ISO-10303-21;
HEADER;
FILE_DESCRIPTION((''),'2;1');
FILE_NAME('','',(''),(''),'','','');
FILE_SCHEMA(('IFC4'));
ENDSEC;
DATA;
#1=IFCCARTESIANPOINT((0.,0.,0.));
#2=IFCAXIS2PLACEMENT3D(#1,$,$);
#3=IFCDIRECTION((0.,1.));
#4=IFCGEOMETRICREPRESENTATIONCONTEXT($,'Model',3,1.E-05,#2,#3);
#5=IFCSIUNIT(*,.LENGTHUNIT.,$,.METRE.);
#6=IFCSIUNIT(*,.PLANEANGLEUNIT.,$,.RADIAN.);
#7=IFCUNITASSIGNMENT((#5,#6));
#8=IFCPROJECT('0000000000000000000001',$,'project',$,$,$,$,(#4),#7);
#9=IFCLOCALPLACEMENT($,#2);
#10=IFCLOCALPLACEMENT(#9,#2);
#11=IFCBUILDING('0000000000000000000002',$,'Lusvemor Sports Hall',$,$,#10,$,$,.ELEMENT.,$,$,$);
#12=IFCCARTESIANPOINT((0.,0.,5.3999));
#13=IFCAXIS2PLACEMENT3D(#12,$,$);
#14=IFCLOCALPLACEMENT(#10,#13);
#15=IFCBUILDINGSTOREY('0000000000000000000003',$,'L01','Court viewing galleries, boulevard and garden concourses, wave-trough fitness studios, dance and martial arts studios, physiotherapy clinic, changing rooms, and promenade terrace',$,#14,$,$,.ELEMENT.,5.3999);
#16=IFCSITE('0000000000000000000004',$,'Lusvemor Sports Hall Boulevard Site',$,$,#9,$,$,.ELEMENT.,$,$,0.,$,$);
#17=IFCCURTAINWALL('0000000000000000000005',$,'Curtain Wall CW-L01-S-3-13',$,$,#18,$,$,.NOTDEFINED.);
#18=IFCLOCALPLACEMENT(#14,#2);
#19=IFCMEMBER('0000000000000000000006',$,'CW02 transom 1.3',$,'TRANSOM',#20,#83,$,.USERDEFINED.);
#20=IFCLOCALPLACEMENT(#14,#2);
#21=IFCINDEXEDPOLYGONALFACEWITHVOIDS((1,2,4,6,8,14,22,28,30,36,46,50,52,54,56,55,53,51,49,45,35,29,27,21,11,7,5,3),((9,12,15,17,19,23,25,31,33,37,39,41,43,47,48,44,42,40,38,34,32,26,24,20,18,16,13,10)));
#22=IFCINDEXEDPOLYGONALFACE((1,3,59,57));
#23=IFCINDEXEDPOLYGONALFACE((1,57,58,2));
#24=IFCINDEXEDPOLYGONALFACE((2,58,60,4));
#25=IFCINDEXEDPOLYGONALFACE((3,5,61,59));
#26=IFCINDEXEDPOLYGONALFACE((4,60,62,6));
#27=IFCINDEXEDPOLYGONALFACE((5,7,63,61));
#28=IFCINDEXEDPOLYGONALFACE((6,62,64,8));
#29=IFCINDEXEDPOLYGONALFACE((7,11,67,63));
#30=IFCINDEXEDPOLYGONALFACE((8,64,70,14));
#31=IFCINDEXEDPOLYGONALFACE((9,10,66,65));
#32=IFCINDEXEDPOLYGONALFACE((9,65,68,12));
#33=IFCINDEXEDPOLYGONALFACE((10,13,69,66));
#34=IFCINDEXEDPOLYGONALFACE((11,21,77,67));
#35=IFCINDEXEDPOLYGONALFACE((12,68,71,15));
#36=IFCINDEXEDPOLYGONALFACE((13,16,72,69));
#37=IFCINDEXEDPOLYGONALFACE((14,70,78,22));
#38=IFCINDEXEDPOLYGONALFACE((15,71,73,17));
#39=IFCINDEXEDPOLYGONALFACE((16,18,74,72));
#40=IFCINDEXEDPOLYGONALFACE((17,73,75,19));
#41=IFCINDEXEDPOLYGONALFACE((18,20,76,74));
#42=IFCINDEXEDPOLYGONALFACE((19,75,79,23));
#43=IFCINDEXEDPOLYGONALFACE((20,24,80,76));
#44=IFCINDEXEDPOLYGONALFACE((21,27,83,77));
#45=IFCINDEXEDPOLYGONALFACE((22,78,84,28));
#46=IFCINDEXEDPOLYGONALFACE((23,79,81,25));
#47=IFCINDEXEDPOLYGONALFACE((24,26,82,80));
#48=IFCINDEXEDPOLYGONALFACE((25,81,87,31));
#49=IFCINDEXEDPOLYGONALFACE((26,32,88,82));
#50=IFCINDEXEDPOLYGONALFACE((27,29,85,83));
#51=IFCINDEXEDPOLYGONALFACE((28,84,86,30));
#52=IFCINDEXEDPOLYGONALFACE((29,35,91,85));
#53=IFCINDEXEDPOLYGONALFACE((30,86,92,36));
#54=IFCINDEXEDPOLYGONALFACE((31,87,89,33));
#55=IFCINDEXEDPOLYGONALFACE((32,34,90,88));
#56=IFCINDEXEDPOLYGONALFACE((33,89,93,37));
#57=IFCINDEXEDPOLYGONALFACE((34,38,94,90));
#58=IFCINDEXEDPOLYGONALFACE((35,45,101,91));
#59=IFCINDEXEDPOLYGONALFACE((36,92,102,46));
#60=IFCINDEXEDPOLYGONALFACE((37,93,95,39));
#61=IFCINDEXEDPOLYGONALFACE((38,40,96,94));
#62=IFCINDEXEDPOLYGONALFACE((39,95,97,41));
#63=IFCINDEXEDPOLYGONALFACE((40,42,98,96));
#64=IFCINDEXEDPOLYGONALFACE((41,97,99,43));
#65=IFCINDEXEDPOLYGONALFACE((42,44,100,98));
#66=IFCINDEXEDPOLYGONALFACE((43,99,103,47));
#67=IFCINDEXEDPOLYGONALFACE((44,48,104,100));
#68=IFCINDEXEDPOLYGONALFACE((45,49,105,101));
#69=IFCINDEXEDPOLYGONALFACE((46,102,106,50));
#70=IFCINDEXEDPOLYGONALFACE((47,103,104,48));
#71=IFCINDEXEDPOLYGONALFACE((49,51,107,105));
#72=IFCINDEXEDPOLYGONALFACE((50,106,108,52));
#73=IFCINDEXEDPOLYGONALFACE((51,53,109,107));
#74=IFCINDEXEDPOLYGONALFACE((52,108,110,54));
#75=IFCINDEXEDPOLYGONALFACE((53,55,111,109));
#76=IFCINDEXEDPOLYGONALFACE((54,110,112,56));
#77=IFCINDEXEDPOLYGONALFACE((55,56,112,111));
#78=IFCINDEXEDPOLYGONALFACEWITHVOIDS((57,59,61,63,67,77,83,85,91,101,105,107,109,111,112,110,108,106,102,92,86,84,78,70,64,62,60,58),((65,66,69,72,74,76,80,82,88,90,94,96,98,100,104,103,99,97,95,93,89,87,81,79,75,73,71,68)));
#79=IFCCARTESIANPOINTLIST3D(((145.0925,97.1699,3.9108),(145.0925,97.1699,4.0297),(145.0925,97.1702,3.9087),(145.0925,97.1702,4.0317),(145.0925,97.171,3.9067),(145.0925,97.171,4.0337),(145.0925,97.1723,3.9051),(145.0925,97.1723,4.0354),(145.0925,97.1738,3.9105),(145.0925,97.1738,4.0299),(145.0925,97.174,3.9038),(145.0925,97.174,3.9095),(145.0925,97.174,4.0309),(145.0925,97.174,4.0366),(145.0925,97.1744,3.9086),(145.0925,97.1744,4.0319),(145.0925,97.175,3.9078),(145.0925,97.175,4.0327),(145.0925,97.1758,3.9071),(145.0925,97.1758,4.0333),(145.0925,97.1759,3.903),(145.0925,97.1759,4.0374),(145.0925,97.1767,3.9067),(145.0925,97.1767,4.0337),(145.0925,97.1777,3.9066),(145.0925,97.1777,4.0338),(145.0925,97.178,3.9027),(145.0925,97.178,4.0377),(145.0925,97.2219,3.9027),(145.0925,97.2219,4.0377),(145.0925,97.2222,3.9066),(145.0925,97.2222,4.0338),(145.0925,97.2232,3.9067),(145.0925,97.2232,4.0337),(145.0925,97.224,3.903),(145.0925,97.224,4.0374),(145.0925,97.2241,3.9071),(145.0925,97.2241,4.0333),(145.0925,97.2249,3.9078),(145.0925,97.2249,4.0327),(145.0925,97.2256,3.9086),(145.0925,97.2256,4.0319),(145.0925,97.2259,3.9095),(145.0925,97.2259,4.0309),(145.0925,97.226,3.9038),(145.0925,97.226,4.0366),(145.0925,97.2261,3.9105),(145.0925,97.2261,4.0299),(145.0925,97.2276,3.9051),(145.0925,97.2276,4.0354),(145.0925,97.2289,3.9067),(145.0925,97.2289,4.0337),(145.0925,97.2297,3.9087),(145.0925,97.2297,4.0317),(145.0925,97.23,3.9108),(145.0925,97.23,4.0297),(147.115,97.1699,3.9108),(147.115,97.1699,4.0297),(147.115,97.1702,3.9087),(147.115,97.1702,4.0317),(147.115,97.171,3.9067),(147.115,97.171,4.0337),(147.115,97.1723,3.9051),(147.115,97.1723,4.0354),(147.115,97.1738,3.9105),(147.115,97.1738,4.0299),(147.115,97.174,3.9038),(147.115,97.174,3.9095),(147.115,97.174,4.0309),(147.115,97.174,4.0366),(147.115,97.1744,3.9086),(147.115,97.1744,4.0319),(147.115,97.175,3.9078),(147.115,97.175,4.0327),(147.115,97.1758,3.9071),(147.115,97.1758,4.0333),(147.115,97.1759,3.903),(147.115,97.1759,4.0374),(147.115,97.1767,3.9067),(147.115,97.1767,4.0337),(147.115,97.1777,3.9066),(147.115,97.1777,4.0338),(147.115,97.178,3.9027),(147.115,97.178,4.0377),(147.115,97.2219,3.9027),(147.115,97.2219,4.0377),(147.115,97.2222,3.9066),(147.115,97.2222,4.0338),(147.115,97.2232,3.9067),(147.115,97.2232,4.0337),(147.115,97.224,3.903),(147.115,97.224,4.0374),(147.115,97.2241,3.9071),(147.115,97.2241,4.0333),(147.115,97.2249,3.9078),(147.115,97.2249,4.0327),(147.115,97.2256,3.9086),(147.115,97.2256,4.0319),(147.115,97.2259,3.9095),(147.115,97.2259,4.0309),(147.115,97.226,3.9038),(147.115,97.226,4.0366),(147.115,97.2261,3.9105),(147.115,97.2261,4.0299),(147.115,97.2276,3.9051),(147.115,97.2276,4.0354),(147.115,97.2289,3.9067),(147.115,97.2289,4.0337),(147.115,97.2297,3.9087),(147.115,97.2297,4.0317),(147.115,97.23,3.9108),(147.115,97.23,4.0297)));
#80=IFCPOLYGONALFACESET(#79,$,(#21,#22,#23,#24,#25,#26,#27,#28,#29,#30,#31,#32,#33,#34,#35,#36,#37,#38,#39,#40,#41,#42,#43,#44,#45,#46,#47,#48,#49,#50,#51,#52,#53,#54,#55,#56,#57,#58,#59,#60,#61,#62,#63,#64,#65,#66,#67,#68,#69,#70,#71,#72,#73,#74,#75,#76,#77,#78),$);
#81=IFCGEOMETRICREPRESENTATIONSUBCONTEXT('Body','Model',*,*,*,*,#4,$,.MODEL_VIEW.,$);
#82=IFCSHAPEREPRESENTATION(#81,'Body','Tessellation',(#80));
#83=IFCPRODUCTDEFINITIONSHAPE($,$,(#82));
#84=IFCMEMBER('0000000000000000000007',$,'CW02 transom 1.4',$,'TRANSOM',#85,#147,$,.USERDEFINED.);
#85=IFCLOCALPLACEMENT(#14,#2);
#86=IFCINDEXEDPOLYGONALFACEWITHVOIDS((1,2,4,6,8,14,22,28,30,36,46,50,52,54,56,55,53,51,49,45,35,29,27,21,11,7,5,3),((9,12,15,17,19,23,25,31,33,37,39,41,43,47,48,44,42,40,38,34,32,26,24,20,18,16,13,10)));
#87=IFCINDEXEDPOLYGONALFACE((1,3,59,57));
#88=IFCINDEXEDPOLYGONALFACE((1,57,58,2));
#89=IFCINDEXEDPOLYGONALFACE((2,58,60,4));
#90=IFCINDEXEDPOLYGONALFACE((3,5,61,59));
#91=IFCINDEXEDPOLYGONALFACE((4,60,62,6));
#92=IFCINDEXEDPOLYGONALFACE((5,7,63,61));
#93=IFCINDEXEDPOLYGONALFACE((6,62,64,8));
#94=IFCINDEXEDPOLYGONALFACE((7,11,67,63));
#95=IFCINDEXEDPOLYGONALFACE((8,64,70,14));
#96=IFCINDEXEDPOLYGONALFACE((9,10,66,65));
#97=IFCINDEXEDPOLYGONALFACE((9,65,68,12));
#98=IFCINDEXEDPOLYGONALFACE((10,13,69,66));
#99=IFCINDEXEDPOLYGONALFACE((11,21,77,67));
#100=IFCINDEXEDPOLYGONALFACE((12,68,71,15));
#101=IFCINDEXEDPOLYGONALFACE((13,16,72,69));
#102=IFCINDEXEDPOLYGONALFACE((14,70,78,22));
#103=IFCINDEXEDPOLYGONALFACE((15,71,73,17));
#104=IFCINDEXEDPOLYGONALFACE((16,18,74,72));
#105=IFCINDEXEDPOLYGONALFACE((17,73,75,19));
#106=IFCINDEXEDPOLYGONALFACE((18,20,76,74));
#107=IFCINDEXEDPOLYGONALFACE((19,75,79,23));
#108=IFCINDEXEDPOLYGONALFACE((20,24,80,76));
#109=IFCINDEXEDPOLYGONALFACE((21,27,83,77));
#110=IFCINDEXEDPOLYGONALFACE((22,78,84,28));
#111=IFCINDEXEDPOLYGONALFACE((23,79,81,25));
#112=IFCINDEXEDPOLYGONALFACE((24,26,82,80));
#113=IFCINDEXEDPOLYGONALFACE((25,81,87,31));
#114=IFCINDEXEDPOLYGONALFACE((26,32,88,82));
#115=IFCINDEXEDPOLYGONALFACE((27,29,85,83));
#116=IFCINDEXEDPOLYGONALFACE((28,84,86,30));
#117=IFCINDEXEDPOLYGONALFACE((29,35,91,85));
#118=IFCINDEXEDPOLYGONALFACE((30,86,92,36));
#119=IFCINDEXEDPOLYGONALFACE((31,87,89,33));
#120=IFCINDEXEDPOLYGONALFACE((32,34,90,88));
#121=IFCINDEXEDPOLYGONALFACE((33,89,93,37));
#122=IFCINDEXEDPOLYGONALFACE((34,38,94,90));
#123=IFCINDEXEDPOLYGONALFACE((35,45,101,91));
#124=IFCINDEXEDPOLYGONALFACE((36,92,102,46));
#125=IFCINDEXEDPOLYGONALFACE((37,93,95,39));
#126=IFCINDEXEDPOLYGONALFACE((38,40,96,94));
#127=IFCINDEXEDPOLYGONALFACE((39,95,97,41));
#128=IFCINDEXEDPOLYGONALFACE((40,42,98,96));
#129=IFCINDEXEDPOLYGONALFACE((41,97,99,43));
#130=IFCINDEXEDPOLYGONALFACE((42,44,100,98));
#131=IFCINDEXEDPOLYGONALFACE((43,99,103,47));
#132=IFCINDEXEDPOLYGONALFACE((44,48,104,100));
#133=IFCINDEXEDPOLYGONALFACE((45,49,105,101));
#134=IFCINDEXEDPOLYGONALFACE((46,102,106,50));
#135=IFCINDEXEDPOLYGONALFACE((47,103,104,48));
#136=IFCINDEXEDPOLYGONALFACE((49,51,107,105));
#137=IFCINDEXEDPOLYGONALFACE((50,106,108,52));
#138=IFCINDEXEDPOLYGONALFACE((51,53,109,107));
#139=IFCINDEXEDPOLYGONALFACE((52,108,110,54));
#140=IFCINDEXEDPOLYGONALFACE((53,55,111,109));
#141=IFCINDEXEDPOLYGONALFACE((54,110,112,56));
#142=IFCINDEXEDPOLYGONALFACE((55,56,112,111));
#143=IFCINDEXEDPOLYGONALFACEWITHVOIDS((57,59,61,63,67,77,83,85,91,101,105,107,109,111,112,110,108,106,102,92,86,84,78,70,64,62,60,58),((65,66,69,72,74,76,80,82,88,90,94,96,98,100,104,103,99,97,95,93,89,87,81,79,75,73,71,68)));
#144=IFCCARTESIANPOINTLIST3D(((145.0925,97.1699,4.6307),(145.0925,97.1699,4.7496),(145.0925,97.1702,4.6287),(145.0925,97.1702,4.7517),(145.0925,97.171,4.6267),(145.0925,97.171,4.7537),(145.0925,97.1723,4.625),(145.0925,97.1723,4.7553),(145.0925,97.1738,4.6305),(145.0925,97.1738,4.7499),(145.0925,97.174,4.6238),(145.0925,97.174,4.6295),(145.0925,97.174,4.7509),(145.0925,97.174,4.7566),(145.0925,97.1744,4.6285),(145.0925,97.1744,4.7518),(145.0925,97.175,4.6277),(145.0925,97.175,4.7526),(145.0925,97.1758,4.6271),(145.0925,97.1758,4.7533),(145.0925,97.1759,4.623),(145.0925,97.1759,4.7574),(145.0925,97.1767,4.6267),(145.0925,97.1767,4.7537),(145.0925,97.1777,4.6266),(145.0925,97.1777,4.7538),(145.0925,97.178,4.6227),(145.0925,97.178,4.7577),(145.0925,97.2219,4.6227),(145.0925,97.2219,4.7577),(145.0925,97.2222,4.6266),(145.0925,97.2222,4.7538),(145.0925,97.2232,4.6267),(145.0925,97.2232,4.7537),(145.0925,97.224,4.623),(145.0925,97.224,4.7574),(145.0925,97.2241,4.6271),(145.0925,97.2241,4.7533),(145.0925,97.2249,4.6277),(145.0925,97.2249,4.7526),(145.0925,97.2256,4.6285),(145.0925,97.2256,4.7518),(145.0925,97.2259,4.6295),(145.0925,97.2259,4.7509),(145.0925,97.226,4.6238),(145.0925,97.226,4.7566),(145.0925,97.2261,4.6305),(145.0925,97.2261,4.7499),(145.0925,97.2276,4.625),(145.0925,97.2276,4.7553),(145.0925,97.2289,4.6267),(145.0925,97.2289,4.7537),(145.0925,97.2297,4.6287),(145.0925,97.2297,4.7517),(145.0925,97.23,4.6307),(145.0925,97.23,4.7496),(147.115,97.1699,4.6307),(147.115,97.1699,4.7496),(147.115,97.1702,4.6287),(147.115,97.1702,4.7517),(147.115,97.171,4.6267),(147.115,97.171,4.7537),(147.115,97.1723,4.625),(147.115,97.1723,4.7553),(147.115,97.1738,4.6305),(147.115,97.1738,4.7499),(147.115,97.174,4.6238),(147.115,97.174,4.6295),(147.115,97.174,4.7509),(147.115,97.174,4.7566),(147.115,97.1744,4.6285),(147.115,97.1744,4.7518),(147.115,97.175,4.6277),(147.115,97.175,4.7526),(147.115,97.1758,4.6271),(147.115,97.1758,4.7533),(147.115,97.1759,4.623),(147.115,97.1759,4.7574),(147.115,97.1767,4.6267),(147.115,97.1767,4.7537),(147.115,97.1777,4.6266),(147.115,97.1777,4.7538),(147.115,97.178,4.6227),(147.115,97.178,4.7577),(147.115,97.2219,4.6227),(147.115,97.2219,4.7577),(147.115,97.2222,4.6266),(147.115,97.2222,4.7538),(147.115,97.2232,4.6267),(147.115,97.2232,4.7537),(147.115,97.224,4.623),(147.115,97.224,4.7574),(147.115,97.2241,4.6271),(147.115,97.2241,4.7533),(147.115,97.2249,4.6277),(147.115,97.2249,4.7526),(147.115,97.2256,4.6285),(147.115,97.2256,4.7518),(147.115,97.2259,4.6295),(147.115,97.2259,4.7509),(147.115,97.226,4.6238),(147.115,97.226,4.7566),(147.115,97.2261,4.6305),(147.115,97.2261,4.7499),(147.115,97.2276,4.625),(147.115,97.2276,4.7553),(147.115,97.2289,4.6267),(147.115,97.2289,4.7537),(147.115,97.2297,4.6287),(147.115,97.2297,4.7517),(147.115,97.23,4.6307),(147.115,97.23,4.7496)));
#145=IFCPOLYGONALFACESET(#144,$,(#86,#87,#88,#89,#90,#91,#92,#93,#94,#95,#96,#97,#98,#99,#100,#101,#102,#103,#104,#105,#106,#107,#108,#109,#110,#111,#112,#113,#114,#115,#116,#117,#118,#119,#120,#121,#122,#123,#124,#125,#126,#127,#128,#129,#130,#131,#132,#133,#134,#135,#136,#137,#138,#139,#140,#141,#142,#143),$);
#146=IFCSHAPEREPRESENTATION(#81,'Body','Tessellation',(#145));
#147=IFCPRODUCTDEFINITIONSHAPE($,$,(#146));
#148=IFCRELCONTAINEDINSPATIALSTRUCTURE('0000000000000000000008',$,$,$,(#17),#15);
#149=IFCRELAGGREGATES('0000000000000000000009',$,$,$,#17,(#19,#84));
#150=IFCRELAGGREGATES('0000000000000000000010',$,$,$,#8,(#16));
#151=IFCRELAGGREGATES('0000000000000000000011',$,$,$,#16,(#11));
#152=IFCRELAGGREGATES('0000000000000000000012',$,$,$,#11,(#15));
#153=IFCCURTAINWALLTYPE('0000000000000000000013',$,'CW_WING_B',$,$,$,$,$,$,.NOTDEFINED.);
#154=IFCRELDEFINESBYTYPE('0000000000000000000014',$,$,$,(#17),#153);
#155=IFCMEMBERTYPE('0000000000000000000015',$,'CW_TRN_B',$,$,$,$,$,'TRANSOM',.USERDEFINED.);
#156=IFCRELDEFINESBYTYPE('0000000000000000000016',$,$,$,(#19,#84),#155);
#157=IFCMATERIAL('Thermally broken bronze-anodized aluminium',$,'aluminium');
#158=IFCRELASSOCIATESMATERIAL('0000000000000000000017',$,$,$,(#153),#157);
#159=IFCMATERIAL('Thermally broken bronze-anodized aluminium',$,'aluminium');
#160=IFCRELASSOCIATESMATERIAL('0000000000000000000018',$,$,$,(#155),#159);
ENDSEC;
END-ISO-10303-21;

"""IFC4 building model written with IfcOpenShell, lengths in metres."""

from ifc_helpers import new_model, si_unit, direction, frame, origin, origin_2d, place, context, subcontext, project, spatial, hollow_rectangle, extrude, material, material_profile, profile_set, type_object, element, aggregate, save


model = new_model("IFC4")

# Units and contexts
model_context = context("Model", 3, precision=1e-05, world=origin(), true_north=direction((0.0, 1.0)))
body_context = subcontext(model_context, "Body", "Model", "MODEL_VIEW")
ifc_project = project(units=[si_unit("LENGTHUNIT", "METRE"), si_unit("PLANEANGLEUNIT", "RADIAN")], contexts=[model_context])

# Site, building, storey
site_placement = place(None, origin())
site = spatial("IfcSite", under=ifc_project, at=site_placement, Name="Lusvemor Sports Hall Boulevard Site", CompositionType="ELEMENT", RefElevation=0.0)
building_placement = place(site_placement, origin())
building = spatial("IfcBuilding", under=site, at=building_placement, Name="Lusvemor Sports Hall", CompositionType="ELEMENT")
storey_placement = place(building_placement, frame((0.0, 0.0, 5.3999)))
storey = spatial("IfcBuildingStorey", under=building, at=storey_placement, Name="L01", Description="Court viewing galleries, boulevard and garden concourses, wave-trough fitness studios, dance and martial arts studios, physiotherapy clinic, changing rooms, and promenade terrace", CompositionType="ELEMENT", Elevation=5.3999)

# Curtain wall, members
ifc_material_1 = material(Name="Thermally broken bronze-anodized aluminium", Category="aluminium")
curtain_wall_type = type_object("IfcCurtainWallType", Name="CW_WING_B", PredefinedType="NOTDEFINED", material=ifc_material_1)
curtain_wall_placement = place(storey_placement, origin())
curtain_wall = element("IfcCurtainWall", 1, at=curtain_wall_placement, inside=storey, type_object=curtain_wall_type, Name="Curtain Wall CW-L01-S-3-13", PredefinedType="NOTDEFINED")
ifc_material_2 = material(Name="Thermally broken bronze-anodized aluminium", Category="aluminium")
ifc_material_profile_1 = material_profile(ifc_material_2, hollow_rectangle(XDim=0.0601, YDim=0.135, WallThickness=0.0039, InnerFilletRadius=0.0039, OuterFilletRadius=0.0081, at=origin_2d()), Name="CWTRN135x60x4")
ifc_profile_set_1 = profile_set([ifc_material_profile_1], Name="Thermally broken bronze-anodized aluminium")
member_type_1 = type_object("IfcMemberType", Name="CW_TRN_B", ElementType="TRANSOM", PredefinedType="USERDEFINED", material=ifc_profile_set_1)
member_1_placement = place(storey_placement, frame((147.115, 97.2, 3.9702), z_axis=(-1.0, 0.0, 0.0), x_axis=(0.0, -1.0, 0.0)))
member_1 = element("IfcMember", 2, at=member_1_placement, type_object=member_type_1, Name="CW02 transom 1.3", ObjectType="TRANSOM", PredefinedType="USERDEFINED", context=body_context, shape_type="SweptSolid", body=[
    extrude(hollow_rectangle(XDim=0.0601, YDim=0.135, WallThickness=0.0039, InnerFilletRadius=0.0039, OuterFilletRadius=0.0081, at=origin_2d()), origin(), (0.0, 0.0, 1.0), 2.0225),
])
member_2_placement = place(storey_placement, frame((147.115, 97.2, 4.6902), z_axis=(-1.0, 0.0, 0.0), x_axis=(0.0, -1.0, 0.0)))
member_2 = element("IfcMember", 3, at=member_2_placement, type_object=member_type_1, Name="CW02 transom 1.4", ObjectType="TRANSOM", PredefinedType="USERDEFINED", context=body_context, shape_type="SweptSolid", body=[
    extrude(hollow_rectangle(XDim=0.0601, YDim=0.135, WallThickness=0.0039, InnerFilletRadius=0.0039, OuterFilletRadius=0.0081, at=origin_2d()), origin(), (0.0, 0.0, 1.0), 2.0225),
])

aggregate(curtain_wall, [member_1, member_2])

save(model, "model.ifc")
